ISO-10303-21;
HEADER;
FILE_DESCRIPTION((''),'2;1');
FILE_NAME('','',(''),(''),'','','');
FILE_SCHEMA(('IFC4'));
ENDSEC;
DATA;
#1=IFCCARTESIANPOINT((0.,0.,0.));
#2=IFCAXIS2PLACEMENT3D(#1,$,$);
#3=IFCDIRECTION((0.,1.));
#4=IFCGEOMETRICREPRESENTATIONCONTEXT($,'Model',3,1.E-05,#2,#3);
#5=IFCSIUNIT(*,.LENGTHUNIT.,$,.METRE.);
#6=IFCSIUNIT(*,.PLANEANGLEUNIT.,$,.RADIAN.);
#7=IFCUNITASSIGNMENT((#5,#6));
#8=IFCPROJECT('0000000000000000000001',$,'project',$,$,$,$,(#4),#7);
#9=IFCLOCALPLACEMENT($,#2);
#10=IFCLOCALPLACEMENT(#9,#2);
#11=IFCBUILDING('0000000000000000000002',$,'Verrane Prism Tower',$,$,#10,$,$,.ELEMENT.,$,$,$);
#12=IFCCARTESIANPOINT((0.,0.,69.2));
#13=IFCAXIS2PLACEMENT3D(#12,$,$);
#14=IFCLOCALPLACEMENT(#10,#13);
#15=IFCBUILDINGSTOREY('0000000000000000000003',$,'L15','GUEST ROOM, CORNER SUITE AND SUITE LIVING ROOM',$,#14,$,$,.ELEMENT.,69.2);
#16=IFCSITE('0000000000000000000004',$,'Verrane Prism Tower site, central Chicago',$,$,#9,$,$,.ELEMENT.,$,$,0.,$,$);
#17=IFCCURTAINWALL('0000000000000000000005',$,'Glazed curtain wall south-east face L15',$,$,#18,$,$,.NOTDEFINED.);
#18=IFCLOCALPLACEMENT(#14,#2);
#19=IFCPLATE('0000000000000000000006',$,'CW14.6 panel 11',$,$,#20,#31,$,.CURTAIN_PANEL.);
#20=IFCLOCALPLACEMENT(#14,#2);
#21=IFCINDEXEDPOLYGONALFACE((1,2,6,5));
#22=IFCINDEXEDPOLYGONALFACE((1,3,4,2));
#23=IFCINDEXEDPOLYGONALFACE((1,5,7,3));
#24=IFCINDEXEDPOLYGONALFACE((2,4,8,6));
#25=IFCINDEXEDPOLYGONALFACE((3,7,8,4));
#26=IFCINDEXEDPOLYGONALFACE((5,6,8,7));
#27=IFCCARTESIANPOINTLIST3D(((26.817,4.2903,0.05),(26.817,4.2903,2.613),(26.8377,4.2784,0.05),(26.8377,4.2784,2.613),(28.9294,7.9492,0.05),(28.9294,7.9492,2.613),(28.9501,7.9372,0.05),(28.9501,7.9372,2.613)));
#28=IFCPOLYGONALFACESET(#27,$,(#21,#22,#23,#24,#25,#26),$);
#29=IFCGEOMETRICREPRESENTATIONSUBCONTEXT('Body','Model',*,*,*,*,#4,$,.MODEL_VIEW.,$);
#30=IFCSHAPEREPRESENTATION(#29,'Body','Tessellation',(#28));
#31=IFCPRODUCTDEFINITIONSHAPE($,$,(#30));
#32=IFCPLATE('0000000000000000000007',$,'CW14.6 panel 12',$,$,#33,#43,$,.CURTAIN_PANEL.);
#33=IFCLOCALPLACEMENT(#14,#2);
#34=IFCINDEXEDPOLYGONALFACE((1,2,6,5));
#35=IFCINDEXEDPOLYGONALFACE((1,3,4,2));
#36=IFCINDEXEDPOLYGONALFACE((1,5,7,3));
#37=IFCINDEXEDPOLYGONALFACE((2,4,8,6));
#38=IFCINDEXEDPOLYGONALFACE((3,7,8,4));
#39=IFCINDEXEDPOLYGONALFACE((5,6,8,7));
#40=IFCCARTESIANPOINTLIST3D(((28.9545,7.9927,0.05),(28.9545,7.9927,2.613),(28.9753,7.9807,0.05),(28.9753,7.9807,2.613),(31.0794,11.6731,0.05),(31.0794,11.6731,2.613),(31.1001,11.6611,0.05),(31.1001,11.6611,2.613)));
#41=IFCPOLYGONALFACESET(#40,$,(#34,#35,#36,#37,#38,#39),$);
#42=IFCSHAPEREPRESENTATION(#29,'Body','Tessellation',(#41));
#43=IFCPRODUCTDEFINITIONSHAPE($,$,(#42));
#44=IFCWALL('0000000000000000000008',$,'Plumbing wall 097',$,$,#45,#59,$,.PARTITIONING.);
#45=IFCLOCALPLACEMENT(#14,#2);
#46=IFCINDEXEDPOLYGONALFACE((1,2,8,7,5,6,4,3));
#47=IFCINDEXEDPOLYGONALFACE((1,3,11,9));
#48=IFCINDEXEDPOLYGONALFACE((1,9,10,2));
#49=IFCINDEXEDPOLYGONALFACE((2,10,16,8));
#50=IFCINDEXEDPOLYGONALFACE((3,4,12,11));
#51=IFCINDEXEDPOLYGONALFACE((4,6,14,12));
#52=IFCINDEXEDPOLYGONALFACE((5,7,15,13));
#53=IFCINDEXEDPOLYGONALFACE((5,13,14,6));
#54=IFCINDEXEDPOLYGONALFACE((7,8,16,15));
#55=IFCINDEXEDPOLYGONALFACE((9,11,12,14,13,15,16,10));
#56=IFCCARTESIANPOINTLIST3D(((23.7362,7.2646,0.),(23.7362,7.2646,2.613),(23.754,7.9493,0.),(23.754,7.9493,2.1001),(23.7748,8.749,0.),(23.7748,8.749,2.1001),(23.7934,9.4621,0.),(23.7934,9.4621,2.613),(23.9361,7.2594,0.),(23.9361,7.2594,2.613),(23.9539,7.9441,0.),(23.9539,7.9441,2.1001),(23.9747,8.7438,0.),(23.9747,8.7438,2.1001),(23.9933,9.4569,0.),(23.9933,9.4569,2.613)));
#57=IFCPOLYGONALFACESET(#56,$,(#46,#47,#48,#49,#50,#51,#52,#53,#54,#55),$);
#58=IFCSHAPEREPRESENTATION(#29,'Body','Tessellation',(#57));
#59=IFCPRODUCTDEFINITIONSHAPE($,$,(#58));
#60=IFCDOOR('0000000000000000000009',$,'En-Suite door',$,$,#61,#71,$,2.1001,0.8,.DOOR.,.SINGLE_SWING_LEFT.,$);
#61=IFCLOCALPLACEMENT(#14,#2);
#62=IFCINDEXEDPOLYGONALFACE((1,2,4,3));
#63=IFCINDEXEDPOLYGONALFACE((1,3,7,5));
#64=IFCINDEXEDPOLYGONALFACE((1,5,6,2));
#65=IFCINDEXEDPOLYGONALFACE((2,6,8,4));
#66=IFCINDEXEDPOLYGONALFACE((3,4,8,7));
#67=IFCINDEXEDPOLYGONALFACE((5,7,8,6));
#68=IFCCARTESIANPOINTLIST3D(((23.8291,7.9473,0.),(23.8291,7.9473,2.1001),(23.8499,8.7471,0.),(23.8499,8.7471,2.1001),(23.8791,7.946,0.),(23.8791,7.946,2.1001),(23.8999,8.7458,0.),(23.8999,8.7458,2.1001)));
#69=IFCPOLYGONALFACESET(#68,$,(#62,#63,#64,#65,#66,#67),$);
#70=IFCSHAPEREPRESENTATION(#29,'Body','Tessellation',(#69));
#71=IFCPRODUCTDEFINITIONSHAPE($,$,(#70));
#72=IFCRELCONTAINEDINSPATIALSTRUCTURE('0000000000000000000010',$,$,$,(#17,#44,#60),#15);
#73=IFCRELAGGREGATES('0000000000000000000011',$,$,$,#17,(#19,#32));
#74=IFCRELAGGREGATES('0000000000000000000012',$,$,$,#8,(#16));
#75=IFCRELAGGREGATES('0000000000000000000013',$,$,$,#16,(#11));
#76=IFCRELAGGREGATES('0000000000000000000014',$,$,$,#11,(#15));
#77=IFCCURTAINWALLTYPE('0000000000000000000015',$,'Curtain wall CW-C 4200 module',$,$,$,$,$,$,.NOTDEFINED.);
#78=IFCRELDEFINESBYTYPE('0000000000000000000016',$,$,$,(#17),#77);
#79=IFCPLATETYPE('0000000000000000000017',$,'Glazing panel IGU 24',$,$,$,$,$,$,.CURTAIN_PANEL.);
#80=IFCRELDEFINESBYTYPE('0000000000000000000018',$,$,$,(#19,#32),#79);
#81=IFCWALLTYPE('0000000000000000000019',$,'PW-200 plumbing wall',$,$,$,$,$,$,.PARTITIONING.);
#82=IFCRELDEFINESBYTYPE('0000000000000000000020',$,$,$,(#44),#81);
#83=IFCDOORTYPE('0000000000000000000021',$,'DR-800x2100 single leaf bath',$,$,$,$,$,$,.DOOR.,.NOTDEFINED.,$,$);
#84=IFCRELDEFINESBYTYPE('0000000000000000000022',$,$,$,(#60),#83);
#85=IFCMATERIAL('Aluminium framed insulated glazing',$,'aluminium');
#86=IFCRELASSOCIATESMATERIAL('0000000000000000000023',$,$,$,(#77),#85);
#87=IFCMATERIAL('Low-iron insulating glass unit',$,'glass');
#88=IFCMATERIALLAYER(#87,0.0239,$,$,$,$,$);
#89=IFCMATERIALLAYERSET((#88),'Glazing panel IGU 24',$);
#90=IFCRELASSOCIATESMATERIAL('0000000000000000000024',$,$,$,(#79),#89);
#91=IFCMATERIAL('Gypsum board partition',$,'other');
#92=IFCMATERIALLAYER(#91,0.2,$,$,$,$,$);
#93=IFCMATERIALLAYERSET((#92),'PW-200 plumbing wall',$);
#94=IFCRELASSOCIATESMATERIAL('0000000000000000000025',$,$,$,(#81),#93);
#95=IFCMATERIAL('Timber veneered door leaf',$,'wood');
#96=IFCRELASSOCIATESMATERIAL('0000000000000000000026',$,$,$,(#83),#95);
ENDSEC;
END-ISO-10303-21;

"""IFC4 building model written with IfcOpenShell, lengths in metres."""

from ifc_helpers import new_model, si_unit, direction, frame, frame_2d, origin, origin_2d, place, context, subcontext, project, spatial, rectangle, extrude, material, layer, layer_set, type_object, element, fill, aggregate, save


model = new_model("IFC4")

# Units and contexts
model_context = context("Model", 3, precision=1e-05, world=origin(), true_north=direction((0.0, 1.0)))
body_context = subcontext(model_context, "Body", "Model", "MODEL_VIEW")
ifc_project = project(units=[si_unit("LENGTHUNIT", "METRE"), si_unit("PLANEANGLEUNIT", "RADIAN")], contexts=[model_context])

# Site, building, storey
site_placement = place(None, origin())
site = spatial("IfcSite", under=ifc_project, at=site_placement, Name="Verrane Prism Tower site, central Chicago", CompositionType="ELEMENT", RefElevation=0.0)
building_placement = place(site_placement, origin())
building = spatial("IfcBuilding", under=site, at=building_placement, Name="Verrane Prism Tower", CompositionType="ELEMENT")
storey_placement = place(building_placement, frame((0.0, 0.0, 69.2)))
storey = spatial("IfcBuildingStorey", under=building, at=storey_placement, Name="L15", Description="GUEST ROOM, CORNER SUITE AND SUITE LIVING ROOM", CompositionType="ELEMENT", Elevation=69.2)

# Curtain wall
ifc_material_1 = material(Name="Aluminium framed insulated glazing", Category="aluminium")
curtain_wall_type = type_object("IfcCurtainWallType", Name="Curtain wall CW-C 4200 module", PredefinedType="NOTDEFINED", material=ifc_material_1)
curtain_wall_placement = place(storey_placement, origin())
curtain_wall = element("IfcCurtainWall", 1, at=curtain_wall_placement, inside=storey, type_object=curtain_wall_type, Name="Glazed curtain wall south-east face L15", PredefinedType="NOTDEFINED")

# Plates
ifc_material_2 = material(Name="Low-iron insulating glass unit", Category="glass")
ifc_layer_1 = layer(ifc_material_2, 0.0239)
ifc_layer_set_1 = layer_set([ifc_layer_1], Name="Glazing panel IGU 24")
plate_type = type_object("IfcPlateType", Name="Glazing panel IGU 24", PredefinedType="CURTAIN_PANEL", material=ifc_layer_set_1)
plate_1_placement = place(storey_placement, frame((27.8835, 6.1138, 0.05), z_axis=(0.0, 0.0, 1.0), x_axis=(0.5, 0.866025, 0.0)))
plate_1 = element("IfcPlate", 2, at=plate_1_placement, type_object=plate_type, Name="CW14.6 panel 11", PredefinedType="CURTAIN_PANEL", context=body_context, shape_type="SweptSolid", body=[
    extrude(rectangle(XDim=4.2249, YDim=0.0239, at=origin_2d()), origin(), (0.0, 0.0, 1.0), 2.563),
])
plate_2_placement = place(storey_placement, frame((30.0273, 9.8269, 0.05), z_axis=(0.0, 0.0, 1.0), x_axis=(0.5, 0.866025, 0.0)))
plate_2 = element("IfcPlate", 3, at=plate_2_placement, type_object=plate_type, Name="CW14.6 panel 12", PredefinedType="CURTAIN_PANEL", context=body_context, shape_type="SweptSolid", body=[
    extrude(rectangle(XDim=4.2498, YDim=0.0239, at=origin_2d()), origin(), (0.0, 0.0, 1.0), 2.563),
])
aggregate(curtain_wall, [plate_1, plate_2])

# Wall, opening, door
ifc_material_3 = material(Name="Gypsum board partition", Category="other")
ifc_layer_2 = layer(ifc_material_3, 0.2)
ifc_layer_set_2 = layer_set([ifc_layer_2], Name="PW-200 plumbing wall")
wall_type = type_object("IfcWallType", Name="PW-200 plumbing wall", PredefinedType="PARTITIONING", material=ifc_layer_set_2)
wall_placement = place(storey_placement, frame((23.8362, 7.262, 0.0), z_axis=(0.0, 0.0, 1.0), x_axis=(0.025988, 0.999662, 0.0)))
wall = element("IfcWall", 4, at=wall_placement, inside=storey, type_object=wall_type, Name="Plumbing wall 097", PredefinedType="PARTITIONING", context=body_context, shape_type="SweptSolid", body=[
    extrude(rectangle(XDim=2.1982, YDim=0.2, at=frame_2d((1.0991, 0.0))), origin(), (0.0, 0.0, 1.0), 2.613),
])
opening_placement = place(wall_placement, frame((0.6851, 0.0, 0.0)))
opening = element("IfcOpeningElement", 5, at=opening_placement, cuts=wall, PredefinedType="OPENING", context=body_context, shape_type="SweptSolid", body=[
    extrude(rectangle(XDim=0.8, YDim=2.1001, at=frame_2d((0.3999, 1.05))), frame((0.0, 0.1099, 0.0), z_axis=(0.0, -1.0, 0.0), x_axis=(1.0, 0.0, 0.0)), (0.0, 0.0, 1.0), 0.22),
])
ifc_material_4 = material(Name="Timber veneered door leaf", Category="wood")
door_type = type_object("IfcDoorType", Name="DR-800x2100 single leaf bath", OperationType="NOTDEFINED", PredefinedType="DOOR", material=ifc_material_4)
door_placement = place(opening_placement, origin())
door = element("IfcDoor", 6, at=door_placement, inside=storey, type_object=door_type, Name="En-Suite door", OperationType="SINGLE_SWING_LEFT", OverallHeight=2.1001, OverallWidth=0.8, PredefinedType="DOOR", context=body_context, shape_type="SweptSolid", body=[
    extrude(rectangle(XDim=0.8, YDim=2.1001, at=frame_2d((0.3999, 1.05))), frame((0.0, 0.0249, 0.0), z_axis=(0.0, -1.0, 0.0), x_axis=(1.0, 0.0, 0.0)), (0.0, 0.0, 1.0), 0.05),
])
fill(opening, door)

save(model, "model.ifc")
